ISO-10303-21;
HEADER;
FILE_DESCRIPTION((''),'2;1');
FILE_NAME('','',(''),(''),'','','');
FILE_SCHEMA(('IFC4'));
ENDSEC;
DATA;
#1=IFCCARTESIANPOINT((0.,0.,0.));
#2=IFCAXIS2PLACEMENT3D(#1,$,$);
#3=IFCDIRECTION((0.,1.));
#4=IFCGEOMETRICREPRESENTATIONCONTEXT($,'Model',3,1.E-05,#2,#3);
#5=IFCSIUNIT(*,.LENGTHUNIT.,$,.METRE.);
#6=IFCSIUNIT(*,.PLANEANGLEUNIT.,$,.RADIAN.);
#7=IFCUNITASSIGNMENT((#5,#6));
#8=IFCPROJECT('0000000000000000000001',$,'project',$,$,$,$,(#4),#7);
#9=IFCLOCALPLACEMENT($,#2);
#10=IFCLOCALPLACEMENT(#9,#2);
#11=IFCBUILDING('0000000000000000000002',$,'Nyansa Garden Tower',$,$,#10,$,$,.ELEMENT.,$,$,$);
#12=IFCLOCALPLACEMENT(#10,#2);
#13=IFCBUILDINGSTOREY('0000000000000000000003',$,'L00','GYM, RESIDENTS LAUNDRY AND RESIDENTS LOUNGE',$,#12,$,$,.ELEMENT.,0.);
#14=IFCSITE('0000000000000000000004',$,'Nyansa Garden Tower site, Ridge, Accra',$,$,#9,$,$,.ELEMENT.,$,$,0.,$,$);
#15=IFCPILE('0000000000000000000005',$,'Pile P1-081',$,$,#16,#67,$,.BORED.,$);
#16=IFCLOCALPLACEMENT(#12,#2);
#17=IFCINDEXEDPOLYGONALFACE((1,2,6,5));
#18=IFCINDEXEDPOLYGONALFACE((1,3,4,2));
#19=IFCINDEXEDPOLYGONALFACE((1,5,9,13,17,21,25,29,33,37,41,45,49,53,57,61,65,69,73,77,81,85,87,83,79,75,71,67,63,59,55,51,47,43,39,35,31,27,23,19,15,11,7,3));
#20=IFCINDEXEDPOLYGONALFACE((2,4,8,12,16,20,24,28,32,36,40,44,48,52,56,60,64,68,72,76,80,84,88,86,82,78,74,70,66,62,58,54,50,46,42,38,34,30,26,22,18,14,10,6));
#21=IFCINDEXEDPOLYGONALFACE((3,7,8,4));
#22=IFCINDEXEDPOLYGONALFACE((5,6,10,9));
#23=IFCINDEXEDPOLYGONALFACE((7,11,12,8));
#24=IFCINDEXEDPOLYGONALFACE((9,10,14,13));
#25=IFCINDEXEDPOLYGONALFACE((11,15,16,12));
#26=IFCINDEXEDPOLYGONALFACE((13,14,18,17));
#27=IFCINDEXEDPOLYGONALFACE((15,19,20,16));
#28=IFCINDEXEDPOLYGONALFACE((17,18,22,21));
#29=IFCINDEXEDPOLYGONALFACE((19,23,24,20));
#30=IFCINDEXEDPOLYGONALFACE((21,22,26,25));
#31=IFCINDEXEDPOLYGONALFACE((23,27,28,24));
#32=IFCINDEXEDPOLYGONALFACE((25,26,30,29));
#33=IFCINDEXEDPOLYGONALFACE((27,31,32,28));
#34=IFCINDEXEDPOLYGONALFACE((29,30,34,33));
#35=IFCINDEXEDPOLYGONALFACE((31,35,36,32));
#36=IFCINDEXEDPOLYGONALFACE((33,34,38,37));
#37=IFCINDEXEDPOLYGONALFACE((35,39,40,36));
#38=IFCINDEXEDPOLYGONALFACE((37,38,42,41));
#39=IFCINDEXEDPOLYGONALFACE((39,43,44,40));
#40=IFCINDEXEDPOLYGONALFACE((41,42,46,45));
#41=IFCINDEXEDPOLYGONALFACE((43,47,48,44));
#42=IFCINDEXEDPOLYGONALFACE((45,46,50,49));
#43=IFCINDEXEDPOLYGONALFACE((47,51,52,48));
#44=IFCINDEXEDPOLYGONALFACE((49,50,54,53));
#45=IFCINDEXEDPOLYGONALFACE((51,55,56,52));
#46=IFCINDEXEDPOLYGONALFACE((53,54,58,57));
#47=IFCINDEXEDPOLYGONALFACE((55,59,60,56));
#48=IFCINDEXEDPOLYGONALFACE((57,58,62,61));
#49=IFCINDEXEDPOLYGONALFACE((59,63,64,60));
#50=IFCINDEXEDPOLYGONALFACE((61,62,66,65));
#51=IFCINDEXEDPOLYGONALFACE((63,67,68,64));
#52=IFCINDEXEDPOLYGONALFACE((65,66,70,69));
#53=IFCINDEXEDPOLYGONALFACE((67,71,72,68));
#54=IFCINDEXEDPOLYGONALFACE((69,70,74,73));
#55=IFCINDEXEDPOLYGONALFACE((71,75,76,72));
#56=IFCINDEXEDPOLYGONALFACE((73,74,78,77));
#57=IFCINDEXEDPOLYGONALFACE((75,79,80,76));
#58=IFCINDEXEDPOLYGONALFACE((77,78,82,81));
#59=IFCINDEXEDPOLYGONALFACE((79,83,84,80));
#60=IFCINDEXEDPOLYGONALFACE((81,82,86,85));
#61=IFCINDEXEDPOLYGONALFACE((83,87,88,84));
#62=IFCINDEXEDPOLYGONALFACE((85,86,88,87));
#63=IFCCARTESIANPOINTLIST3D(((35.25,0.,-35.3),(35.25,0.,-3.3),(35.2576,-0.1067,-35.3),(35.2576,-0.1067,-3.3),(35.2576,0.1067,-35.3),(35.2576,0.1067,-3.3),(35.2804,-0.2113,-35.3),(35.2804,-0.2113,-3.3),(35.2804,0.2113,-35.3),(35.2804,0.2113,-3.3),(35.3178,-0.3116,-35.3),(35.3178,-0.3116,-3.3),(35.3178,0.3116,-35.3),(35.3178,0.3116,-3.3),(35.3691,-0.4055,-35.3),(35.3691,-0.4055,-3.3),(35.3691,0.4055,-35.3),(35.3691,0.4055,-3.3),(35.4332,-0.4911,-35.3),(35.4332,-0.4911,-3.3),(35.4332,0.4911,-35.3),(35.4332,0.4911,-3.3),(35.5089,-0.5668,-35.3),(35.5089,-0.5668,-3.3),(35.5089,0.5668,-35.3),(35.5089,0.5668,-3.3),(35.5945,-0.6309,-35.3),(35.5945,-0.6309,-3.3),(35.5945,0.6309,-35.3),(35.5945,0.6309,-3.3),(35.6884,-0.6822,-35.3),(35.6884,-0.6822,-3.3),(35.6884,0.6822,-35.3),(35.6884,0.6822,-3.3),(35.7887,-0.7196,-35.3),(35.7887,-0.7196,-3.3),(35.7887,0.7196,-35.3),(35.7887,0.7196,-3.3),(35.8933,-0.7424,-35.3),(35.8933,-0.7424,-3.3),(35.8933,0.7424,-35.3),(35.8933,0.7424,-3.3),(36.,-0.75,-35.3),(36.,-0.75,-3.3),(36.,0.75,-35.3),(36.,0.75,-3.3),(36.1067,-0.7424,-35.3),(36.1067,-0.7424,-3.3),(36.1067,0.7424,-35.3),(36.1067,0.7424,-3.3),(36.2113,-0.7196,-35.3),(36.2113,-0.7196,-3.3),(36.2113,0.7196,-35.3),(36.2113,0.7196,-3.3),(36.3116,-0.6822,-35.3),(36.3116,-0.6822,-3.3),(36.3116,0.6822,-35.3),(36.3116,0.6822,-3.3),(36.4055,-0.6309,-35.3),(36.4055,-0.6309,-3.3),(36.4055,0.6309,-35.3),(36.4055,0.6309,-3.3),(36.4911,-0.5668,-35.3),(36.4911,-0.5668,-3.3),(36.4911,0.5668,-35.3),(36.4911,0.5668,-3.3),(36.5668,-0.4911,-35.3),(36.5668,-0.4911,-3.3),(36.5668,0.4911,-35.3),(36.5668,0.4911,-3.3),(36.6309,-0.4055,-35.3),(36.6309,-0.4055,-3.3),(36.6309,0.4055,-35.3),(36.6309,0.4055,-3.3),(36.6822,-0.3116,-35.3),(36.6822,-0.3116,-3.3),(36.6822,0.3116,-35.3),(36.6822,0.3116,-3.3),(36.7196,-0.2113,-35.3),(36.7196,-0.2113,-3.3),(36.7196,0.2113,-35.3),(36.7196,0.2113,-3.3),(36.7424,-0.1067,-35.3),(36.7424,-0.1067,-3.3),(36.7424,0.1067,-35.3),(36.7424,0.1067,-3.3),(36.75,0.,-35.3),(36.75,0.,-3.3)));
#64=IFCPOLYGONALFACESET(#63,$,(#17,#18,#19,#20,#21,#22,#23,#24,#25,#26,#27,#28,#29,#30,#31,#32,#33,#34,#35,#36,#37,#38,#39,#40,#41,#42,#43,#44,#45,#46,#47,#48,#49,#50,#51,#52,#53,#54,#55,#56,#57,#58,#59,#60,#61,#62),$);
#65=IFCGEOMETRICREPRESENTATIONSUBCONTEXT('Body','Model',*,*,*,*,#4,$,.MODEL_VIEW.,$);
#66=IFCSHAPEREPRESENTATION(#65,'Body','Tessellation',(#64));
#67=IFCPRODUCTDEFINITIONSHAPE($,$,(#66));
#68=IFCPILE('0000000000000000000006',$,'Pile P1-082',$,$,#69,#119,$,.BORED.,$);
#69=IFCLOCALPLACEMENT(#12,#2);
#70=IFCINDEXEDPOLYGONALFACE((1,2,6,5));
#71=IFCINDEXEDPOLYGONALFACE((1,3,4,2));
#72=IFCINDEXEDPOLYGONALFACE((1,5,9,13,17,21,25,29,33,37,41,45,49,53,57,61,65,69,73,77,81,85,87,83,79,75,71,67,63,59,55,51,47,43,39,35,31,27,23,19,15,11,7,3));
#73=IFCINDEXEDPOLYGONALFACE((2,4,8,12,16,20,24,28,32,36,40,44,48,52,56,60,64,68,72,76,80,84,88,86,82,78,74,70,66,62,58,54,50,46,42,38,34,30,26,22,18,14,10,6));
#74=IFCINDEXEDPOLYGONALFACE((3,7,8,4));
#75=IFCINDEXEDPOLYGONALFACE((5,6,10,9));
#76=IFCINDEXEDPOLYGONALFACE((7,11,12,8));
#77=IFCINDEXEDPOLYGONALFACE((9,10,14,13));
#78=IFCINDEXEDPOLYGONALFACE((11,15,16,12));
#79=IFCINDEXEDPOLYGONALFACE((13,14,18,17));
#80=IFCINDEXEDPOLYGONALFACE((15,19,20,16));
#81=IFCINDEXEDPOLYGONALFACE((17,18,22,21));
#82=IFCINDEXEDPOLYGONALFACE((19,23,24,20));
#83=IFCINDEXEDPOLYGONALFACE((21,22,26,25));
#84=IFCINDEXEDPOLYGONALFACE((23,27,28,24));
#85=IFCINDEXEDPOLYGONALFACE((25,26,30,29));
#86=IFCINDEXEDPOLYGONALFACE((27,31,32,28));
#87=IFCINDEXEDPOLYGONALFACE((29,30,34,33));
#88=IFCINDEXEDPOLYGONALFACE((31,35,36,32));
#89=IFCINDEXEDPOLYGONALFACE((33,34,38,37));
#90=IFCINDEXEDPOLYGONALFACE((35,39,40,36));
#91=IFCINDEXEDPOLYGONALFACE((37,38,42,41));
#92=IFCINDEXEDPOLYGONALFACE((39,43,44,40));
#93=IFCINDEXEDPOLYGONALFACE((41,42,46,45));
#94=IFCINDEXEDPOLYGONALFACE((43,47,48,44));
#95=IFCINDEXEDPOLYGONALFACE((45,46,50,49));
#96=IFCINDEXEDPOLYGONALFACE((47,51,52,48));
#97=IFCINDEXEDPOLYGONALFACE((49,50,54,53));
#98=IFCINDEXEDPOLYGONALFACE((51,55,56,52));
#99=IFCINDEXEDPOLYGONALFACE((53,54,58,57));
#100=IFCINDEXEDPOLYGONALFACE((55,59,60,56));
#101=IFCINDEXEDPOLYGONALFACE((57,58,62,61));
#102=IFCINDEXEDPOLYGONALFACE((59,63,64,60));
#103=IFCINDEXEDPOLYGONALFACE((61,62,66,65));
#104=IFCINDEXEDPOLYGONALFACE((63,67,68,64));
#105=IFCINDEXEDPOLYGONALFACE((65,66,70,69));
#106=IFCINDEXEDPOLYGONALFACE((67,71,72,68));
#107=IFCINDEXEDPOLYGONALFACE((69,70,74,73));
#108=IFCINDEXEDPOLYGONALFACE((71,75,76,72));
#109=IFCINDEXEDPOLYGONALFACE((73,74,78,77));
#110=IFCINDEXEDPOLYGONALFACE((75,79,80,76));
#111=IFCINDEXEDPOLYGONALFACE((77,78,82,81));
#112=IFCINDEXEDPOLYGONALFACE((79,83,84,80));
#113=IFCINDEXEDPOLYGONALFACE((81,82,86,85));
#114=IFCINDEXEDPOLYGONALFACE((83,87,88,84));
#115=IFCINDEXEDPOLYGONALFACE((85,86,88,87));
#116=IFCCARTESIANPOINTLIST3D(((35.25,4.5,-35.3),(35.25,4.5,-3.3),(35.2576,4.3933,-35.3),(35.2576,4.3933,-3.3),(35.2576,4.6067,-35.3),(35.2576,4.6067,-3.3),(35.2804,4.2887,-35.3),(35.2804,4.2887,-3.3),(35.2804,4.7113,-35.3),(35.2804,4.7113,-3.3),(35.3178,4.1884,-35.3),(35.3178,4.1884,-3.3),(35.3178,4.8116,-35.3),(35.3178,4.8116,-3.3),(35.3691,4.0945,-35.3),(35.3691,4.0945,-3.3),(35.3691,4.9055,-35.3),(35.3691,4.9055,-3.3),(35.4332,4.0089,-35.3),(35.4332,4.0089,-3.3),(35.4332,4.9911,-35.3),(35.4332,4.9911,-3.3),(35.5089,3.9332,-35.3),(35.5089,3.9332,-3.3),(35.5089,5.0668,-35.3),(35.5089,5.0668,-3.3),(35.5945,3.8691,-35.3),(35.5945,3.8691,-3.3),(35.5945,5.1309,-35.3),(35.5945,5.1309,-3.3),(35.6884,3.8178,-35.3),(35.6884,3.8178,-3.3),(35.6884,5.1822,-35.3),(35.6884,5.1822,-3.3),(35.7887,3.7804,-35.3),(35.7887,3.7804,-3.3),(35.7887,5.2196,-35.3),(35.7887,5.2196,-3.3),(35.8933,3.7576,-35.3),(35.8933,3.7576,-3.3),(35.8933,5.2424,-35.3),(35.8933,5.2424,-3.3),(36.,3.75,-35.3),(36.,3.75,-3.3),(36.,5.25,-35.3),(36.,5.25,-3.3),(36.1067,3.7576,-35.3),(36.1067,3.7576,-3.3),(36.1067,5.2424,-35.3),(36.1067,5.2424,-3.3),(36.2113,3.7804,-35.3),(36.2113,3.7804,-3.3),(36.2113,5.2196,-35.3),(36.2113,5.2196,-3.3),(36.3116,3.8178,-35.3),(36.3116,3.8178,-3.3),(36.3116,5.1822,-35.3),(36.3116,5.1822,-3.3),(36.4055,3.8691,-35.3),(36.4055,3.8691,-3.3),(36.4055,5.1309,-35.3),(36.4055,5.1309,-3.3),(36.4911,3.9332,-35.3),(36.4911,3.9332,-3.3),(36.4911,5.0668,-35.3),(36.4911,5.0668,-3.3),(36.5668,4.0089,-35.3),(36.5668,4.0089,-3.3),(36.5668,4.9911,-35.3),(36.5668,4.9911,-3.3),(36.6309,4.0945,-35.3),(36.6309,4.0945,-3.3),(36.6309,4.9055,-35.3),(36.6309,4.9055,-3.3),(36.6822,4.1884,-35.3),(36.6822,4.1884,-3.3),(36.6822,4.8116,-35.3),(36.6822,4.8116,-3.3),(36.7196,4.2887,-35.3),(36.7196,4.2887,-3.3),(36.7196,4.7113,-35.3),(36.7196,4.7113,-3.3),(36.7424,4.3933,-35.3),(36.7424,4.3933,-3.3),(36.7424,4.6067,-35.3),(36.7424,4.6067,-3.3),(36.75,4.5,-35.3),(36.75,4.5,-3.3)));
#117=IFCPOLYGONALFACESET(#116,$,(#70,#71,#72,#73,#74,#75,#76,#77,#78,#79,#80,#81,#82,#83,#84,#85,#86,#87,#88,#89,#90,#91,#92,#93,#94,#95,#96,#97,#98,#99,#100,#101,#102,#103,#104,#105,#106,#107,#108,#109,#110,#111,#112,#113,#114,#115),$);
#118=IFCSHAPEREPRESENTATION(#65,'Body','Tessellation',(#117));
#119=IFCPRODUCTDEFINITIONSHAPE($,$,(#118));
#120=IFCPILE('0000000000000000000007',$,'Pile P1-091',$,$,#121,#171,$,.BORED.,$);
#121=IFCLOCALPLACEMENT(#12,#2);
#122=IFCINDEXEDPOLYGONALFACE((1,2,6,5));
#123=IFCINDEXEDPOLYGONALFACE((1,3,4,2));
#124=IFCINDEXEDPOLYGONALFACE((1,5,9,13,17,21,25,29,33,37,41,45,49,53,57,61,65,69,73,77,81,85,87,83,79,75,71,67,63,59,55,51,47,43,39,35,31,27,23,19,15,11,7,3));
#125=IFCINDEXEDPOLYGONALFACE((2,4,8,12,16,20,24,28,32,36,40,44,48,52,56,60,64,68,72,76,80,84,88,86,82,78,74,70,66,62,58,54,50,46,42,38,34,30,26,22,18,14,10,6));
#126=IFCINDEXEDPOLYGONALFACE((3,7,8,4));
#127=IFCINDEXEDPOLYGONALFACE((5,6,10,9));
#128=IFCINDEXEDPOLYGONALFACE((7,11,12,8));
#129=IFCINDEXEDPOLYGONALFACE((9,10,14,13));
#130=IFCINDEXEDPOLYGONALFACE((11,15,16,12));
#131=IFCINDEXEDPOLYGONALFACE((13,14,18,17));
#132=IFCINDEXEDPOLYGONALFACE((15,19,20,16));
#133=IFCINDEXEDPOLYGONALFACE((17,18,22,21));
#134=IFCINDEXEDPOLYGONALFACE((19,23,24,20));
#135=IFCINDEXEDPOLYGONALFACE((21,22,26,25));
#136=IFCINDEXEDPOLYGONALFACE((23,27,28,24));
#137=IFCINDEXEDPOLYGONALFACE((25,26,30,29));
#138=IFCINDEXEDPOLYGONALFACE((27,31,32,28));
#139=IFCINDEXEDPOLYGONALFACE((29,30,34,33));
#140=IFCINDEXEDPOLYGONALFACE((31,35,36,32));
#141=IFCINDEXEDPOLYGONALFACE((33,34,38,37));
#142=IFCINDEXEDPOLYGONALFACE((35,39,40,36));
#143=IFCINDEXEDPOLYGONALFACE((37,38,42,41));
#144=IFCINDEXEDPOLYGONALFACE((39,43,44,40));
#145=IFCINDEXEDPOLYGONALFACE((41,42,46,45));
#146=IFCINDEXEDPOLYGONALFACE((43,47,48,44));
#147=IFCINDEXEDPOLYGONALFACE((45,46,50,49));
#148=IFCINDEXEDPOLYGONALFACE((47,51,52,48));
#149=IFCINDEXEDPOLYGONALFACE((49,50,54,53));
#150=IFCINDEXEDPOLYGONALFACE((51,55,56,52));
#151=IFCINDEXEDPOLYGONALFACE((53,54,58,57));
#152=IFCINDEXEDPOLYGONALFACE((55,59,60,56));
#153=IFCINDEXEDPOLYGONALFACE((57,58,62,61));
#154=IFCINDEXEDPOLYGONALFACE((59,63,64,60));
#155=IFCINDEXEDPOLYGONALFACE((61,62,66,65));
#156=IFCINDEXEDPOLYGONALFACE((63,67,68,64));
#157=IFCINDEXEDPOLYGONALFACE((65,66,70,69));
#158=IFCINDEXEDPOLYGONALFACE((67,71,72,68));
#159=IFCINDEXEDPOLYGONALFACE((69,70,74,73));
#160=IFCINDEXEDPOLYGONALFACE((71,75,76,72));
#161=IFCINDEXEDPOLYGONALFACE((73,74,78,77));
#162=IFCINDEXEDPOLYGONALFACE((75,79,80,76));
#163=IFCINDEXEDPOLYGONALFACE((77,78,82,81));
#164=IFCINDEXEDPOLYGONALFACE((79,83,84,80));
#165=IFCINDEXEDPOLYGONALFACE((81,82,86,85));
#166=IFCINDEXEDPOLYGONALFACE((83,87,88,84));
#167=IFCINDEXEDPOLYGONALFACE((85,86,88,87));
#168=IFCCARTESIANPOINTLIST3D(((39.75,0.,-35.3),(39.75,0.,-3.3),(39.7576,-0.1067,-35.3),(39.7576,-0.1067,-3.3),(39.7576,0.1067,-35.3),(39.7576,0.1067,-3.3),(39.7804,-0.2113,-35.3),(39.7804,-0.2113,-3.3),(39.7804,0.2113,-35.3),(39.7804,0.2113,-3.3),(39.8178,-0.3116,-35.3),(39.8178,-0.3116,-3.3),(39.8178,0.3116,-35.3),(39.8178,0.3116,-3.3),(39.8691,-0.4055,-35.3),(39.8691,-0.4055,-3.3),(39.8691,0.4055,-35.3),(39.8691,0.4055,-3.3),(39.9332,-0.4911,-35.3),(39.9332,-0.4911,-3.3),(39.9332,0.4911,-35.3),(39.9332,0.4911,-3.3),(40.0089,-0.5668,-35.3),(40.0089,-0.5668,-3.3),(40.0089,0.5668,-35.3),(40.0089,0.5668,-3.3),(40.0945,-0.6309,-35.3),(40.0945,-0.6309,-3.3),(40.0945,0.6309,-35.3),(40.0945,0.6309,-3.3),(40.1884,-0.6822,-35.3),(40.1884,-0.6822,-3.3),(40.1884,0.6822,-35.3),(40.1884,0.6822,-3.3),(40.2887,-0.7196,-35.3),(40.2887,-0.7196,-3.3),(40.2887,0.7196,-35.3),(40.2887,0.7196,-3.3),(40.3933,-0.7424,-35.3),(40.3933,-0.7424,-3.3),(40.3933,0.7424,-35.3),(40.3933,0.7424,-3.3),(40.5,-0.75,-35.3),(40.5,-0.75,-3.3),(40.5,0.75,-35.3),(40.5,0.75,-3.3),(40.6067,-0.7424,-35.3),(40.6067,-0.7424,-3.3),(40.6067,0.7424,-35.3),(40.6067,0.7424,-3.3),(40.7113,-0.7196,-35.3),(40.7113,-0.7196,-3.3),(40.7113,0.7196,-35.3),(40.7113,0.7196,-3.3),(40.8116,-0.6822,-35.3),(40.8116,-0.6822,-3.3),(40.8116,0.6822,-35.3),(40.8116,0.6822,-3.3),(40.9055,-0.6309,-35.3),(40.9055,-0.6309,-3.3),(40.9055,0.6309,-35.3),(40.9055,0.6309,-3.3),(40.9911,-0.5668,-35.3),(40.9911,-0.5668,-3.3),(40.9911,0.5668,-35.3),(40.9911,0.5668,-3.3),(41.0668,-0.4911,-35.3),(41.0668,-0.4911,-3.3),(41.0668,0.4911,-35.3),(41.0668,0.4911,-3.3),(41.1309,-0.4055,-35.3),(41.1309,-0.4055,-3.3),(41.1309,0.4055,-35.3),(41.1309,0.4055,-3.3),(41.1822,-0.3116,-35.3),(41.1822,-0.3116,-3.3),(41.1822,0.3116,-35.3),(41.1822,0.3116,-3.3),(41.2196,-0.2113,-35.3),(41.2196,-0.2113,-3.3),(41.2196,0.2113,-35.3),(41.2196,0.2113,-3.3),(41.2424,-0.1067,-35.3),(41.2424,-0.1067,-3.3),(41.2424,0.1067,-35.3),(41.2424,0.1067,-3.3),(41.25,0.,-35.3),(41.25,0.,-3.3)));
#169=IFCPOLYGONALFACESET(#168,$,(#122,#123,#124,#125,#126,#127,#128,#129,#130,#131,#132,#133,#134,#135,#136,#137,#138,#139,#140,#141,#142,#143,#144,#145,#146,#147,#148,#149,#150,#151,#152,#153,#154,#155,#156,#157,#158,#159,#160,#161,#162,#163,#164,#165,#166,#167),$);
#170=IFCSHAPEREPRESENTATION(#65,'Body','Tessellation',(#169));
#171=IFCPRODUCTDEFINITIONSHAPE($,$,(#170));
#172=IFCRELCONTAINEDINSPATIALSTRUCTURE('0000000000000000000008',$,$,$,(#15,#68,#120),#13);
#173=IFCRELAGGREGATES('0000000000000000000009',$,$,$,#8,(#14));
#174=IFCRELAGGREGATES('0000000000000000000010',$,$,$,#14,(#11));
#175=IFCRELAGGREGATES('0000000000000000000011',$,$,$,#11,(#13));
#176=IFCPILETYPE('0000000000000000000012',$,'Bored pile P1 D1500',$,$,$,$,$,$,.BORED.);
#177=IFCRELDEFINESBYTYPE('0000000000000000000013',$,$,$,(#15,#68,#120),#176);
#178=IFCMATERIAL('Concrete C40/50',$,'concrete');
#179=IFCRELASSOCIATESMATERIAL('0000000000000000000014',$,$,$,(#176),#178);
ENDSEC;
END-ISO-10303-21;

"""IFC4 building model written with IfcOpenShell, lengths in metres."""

from ifc_helpers import new_model, si_unit, direction, frame, origin, origin_2d, place, context, subcontext, project, spatial, circle, extrude, material, type_object, element, save


model = new_model("IFC4")

# Units and contexts
model_context = context("Model", 3, precision=1e-05, world=origin(), true_north=direction((0.0, 1.0)))
body_context = subcontext(model_context, "Body", "Model", "MODEL_VIEW")
ifc_project = project(units=[si_unit("LENGTHUNIT", "METRE"), si_unit("PLANEANGLEUNIT", "RADIAN")], contexts=[model_context])

# Site, building, storey
site_placement = place(None, origin())
site = spatial("IfcSite", under=ifc_project, at=site_placement, Name="Nyansa Garden Tower site, Ridge, Accra", CompositionType="ELEMENT", RefElevation=0.0)
building_placement = place(site_placement, origin())
building = spatial("IfcBuilding", under=site, at=building_placement, Name="Nyansa Garden Tower", CompositionType="ELEMENT")
storey_placement = place(building_placement, origin())
storey = spatial("IfcBuildingStorey", under=building, at=storey_placement, Name="L00", Description="GYM, RESIDENTS LAUNDRY AND RESIDENTS LOUNGE", CompositionType="ELEMENT", Elevation=0.0)

# Piles
ifc_material_1 = material(Name="Concrete C40/50", Category="concrete")
pile_type_1 = type_object("IfcPileType", Name="Bored pile P1 D1500", PredefinedType="BORED", material=ifc_material_1)
for number, where, z_axis, x_axis, name in (
    (1, (36.0, 0.0, -3.3), (0.0, 0.0, -1.0), (1.0, 0.0, 0.0), "Pile P1-081"),
    (2, (36.0, 4.5, -3.3), (0.0, 0.0, -1.0), (1.0, 0.0, 0.0), "Pile P1-082"),
    (3, (40.5, 0.0, -3.3), (0.0, 0.0, -1.0), (1.0, 0.0, 0.0), "Pile P1-091"),
):
    element("IfcPile", number, at=place(storey_placement, frame(where, z_axis=z_axis, x_axis=x_axis)), inside=storey, type_object=pile_type_1, Name=name, PredefinedType="BORED", context=body_context, shape_type="SweptSolid", body=[
        extrude(circle(Radius=0.75, at=origin_2d()), origin(), (0.0, 0.0, 1.0), 32.0),
    ])

save(model, "model.ifc")
